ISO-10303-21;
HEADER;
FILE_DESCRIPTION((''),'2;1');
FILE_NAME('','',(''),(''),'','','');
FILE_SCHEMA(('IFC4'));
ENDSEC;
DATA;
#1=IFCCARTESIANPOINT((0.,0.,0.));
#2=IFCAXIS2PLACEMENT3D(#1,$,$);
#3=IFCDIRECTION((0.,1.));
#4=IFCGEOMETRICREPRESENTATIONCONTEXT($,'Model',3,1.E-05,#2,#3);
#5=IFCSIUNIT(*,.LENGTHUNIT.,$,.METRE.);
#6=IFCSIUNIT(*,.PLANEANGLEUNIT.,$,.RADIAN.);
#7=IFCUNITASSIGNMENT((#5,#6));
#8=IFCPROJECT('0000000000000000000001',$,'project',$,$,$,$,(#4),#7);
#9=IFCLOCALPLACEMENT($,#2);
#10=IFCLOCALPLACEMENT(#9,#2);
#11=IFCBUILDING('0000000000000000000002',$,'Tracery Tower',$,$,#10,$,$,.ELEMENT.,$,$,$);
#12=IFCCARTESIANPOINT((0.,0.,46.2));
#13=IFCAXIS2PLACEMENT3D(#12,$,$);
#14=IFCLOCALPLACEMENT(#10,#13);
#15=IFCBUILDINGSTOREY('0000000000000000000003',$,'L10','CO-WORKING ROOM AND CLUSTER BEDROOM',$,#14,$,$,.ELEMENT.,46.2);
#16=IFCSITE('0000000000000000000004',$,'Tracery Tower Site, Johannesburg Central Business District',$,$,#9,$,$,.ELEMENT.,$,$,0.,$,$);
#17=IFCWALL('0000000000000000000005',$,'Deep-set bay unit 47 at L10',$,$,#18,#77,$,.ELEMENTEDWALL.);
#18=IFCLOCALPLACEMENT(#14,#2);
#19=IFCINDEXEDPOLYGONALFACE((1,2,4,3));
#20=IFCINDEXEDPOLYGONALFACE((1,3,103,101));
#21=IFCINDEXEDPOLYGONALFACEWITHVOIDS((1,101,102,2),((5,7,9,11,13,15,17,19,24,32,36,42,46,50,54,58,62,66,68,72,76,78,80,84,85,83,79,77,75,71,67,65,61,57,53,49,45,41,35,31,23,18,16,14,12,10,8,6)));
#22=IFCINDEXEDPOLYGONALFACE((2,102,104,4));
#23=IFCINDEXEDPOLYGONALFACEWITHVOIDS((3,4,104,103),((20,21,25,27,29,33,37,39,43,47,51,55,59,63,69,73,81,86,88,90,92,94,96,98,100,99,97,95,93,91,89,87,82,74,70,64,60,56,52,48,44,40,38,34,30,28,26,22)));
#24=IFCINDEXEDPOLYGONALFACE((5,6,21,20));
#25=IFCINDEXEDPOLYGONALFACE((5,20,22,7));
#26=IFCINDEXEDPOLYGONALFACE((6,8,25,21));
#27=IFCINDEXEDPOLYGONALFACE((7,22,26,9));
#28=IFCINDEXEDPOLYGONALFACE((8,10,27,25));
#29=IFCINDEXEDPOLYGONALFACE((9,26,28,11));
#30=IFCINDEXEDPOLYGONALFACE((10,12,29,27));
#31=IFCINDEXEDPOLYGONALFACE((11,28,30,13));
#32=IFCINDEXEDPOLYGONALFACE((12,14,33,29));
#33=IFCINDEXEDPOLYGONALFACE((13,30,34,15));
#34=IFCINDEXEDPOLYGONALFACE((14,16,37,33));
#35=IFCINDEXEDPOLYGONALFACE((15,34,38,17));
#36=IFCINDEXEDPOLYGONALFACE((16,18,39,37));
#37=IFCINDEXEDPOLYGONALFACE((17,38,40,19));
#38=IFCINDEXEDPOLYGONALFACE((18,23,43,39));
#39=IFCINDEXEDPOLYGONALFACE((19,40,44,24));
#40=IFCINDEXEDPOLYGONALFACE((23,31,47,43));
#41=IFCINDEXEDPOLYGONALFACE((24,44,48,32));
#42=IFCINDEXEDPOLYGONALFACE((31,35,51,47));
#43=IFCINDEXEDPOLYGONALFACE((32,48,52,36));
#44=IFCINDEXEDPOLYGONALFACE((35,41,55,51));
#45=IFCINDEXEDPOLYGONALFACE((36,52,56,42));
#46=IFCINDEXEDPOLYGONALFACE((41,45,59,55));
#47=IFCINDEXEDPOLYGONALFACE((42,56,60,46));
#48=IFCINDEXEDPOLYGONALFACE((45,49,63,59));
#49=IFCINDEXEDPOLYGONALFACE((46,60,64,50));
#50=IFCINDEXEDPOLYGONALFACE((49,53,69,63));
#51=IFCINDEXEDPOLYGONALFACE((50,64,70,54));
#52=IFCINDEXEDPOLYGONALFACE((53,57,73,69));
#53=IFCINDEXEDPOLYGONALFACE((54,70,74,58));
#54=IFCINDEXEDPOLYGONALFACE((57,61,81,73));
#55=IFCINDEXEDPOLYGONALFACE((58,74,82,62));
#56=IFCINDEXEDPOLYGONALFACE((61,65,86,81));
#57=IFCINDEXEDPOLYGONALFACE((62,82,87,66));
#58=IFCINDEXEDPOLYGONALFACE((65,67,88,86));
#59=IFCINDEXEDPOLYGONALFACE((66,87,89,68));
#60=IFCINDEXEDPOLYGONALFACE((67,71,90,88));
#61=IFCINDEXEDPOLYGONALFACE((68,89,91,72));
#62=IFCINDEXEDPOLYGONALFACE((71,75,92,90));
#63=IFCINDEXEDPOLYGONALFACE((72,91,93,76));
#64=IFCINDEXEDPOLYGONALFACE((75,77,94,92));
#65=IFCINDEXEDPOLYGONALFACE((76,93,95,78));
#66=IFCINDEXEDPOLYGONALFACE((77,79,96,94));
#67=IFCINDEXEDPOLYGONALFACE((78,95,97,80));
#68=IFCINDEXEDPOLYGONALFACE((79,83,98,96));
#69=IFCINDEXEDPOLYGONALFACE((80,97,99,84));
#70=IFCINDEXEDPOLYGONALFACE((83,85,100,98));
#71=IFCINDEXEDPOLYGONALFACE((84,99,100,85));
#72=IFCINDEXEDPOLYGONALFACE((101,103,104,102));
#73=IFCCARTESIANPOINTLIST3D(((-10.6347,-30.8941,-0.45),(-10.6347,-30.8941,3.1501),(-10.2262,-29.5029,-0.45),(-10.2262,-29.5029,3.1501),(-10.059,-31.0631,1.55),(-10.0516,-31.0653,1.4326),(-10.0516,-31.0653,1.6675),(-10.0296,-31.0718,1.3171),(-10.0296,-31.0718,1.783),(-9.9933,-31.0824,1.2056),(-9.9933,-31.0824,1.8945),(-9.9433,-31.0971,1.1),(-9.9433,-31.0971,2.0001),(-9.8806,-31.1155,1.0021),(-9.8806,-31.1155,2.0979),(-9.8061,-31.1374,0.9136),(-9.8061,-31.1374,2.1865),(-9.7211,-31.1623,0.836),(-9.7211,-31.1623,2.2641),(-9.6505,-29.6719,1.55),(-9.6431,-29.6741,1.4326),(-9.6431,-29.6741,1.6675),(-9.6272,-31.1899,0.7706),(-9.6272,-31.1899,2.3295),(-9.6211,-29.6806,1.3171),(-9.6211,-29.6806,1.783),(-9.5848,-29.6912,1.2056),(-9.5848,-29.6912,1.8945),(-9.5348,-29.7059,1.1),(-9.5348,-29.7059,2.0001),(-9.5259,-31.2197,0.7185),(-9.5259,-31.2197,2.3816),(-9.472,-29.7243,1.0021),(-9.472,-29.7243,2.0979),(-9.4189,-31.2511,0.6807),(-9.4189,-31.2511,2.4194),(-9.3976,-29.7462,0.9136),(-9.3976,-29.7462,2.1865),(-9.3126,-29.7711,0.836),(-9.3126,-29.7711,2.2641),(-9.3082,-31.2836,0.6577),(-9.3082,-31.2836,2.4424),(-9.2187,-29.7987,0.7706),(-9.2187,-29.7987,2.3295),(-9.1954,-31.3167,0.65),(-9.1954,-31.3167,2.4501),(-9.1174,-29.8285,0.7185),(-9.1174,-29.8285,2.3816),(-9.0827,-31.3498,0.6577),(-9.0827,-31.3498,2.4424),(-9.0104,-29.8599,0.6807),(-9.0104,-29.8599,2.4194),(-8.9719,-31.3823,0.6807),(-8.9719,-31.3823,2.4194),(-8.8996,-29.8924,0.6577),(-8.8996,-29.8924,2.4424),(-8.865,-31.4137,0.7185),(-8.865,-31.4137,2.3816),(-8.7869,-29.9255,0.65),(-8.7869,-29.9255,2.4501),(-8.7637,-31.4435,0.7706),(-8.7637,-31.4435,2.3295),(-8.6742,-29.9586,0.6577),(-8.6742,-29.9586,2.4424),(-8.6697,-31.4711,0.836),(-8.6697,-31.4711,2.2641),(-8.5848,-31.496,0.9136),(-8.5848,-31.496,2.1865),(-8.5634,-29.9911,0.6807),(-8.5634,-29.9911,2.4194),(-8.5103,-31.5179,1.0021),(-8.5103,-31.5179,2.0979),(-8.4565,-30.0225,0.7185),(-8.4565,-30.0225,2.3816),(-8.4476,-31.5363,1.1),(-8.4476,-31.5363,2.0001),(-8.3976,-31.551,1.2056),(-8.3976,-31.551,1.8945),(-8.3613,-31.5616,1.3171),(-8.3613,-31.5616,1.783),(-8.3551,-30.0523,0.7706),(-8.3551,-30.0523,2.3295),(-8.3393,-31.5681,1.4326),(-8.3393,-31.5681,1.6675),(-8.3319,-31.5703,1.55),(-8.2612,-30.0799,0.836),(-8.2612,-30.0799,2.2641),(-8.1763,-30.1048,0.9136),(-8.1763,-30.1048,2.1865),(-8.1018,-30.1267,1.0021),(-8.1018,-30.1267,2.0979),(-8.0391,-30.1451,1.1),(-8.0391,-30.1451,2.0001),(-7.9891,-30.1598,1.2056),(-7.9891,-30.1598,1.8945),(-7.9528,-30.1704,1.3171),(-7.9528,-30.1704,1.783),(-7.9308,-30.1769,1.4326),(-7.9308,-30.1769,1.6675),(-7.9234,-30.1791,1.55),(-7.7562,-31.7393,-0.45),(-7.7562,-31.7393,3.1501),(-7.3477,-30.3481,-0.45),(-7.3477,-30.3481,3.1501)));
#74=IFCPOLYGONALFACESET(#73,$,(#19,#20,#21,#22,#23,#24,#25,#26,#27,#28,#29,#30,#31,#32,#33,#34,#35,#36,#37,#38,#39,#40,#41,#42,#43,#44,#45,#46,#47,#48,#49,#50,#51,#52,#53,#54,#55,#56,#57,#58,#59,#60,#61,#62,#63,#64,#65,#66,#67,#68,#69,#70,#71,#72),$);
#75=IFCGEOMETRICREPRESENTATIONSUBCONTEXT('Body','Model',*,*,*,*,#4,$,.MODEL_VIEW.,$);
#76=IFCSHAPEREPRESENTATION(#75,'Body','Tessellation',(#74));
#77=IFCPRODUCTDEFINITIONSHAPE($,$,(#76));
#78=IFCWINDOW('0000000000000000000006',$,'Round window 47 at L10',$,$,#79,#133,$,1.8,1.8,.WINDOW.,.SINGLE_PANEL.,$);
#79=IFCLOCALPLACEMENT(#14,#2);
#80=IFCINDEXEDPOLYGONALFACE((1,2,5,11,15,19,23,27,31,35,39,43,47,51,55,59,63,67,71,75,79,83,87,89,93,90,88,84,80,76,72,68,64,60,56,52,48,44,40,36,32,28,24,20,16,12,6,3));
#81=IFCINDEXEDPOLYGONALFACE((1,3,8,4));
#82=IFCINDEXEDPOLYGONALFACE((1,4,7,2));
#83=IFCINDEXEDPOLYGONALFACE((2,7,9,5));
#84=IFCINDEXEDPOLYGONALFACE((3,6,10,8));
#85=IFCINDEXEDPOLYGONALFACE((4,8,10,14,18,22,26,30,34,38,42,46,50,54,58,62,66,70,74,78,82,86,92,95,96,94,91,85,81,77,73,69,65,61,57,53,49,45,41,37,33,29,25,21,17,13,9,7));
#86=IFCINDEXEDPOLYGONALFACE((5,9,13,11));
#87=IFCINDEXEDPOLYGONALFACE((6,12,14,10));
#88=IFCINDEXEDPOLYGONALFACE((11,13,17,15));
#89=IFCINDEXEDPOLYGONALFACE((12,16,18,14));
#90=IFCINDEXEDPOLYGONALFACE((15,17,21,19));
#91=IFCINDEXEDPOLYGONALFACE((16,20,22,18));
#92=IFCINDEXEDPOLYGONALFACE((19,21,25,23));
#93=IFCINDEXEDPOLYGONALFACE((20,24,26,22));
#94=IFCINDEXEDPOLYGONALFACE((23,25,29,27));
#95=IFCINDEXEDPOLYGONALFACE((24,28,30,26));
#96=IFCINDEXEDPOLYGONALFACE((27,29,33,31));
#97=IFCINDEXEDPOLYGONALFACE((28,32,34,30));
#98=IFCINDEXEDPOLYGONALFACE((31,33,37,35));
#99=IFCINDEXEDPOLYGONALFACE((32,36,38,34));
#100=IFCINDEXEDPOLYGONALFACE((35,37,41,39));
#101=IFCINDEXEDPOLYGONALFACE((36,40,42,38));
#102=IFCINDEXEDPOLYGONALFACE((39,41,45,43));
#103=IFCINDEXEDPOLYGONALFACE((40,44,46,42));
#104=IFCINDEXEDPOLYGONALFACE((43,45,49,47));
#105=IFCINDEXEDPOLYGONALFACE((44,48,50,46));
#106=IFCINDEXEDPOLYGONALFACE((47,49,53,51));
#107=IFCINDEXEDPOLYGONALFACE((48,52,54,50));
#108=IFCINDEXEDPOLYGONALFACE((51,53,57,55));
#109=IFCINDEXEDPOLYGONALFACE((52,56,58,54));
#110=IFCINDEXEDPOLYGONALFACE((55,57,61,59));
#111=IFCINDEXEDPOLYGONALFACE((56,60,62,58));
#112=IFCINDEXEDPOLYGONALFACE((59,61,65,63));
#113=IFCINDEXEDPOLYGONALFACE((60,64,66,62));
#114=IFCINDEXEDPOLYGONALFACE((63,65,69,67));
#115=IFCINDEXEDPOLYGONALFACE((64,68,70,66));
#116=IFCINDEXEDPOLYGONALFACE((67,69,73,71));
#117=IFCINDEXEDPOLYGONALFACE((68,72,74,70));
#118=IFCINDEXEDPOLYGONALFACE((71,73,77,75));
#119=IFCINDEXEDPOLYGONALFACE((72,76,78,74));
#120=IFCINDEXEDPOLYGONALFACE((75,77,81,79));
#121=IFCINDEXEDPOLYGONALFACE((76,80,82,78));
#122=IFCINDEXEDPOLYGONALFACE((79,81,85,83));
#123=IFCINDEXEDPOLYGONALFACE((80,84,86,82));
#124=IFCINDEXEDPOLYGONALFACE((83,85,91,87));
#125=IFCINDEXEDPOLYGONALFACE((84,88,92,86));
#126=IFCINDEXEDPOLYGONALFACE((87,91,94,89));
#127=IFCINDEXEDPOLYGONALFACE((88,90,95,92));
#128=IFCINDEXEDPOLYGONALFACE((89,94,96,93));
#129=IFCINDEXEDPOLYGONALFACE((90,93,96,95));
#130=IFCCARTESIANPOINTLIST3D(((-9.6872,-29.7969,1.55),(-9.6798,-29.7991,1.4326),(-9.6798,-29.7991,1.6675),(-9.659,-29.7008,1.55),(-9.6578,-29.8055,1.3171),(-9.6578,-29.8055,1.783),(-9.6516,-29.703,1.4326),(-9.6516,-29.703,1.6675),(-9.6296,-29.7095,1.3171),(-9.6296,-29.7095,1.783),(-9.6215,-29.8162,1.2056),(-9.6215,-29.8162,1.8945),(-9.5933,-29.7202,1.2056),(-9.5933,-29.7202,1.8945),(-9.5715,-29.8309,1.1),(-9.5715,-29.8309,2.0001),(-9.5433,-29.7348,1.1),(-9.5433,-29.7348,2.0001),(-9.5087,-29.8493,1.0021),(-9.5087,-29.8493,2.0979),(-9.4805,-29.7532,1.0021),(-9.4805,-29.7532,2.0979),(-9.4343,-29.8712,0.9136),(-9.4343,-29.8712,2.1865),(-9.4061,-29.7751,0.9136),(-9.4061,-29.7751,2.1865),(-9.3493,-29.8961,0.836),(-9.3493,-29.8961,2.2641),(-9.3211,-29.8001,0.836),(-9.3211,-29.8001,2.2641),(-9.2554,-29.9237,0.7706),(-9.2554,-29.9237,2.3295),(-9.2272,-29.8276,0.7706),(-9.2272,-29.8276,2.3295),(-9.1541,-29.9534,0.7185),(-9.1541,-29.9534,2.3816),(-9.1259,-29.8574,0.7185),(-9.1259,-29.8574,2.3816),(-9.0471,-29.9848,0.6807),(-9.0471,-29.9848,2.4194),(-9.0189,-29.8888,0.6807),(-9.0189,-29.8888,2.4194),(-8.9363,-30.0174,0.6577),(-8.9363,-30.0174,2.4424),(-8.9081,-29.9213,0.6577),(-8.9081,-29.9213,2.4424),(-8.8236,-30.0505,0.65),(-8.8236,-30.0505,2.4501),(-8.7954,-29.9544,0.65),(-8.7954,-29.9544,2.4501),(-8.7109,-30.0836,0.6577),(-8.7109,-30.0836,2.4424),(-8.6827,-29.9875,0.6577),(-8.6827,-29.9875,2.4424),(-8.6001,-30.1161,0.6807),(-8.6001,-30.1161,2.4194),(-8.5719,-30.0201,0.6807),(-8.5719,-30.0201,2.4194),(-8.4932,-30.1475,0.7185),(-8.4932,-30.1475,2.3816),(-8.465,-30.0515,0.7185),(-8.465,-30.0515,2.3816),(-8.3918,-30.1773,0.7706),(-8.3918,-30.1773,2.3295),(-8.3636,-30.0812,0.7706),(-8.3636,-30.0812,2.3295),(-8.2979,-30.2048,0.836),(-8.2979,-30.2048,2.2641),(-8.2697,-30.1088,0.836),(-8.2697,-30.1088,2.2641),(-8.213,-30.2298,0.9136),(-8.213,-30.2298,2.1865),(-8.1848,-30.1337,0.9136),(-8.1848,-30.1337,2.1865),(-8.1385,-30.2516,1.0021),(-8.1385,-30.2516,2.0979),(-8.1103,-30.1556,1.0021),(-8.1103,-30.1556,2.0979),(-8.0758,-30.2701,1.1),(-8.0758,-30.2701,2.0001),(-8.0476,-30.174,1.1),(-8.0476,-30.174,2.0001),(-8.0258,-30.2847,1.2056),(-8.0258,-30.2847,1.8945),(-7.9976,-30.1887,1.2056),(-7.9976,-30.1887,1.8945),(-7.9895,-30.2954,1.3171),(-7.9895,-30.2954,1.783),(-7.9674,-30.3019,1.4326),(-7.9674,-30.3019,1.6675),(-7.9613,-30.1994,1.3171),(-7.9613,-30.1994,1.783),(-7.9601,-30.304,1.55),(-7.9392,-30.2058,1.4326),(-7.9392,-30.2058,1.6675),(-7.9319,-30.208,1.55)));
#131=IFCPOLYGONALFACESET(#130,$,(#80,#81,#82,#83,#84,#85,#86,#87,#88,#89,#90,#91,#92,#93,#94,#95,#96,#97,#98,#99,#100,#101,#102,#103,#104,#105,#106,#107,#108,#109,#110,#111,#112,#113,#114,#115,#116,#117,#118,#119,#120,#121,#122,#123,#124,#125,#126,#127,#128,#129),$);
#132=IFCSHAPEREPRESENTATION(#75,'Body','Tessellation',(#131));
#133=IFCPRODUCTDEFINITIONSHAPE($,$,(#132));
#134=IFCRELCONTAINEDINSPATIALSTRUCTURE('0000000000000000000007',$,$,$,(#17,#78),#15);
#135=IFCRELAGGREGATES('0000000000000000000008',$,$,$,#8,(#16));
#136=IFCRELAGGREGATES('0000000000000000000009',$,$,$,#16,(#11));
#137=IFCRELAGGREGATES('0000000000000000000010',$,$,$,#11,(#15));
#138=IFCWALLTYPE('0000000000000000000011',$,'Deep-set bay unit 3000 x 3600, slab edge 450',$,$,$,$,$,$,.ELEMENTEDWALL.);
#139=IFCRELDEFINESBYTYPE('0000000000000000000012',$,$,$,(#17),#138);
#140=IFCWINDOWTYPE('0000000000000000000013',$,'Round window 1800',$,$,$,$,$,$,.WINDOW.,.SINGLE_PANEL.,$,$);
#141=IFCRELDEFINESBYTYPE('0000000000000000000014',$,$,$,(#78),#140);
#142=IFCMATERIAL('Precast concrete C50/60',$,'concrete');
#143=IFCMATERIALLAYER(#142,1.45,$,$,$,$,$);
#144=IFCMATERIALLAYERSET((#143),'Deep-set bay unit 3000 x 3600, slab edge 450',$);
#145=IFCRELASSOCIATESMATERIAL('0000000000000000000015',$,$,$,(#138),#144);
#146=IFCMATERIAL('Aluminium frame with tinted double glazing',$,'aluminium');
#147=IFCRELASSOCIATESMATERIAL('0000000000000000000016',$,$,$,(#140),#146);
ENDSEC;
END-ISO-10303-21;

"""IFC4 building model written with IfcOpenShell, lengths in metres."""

from ifc_helpers import new_model, si_unit, direction, frame, frame_2d, origin, origin_2d, place, context, subcontext, project, spatial, rectangle, circle, extrude, material, layer, layer_set, type_object, element, fill, save


model = new_model("IFC4")

# Units and contexts
model_context = context("Model", 3, precision=1e-05, world=origin(), true_north=direction((0.0, 1.0)))
body_context = subcontext(model_context, "Body", "Model", "MODEL_VIEW")
ifc_project = project(units=[si_unit("LENGTHUNIT", "METRE"), si_unit("PLANEANGLEUNIT", "RADIAN")], contexts=[model_context])

# Site, building, storey
site_placement = place(None, origin())
site = spatial("IfcSite", under=ifc_project, at=site_placement, Name="Tracery Tower Site, Johannesburg Central Business District", CompositionType="ELEMENT", RefElevation=0.0)
building_placement = place(site_placement, origin())
building = spatial("IfcBuilding", under=site, at=building_placement, Name="Tracery Tower", CompositionType="ELEMENT")
storey_placement = place(building_placement, frame((0.0, 0.0, 46.2)))
storey = spatial("IfcBuildingStorey", under=building, at=storey_placement, Name="L10", Description="CO-WORKING ROOM AND CLUSTER BEDROOM", CompositionType="ELEMENT", Elevation=46.2)

# Wall, opening, window
ifc_material_1 = material(Name="Precast concrete C50/60", Category="concrete")
ifc_layer_1 = layer(ifc_material_1, 1.45)
ifc_layer_set_1 = layer_set([ifc_layer_1], Name="Deep-set bay unit 3000 x 3600, slab edge 450")
wall_type_1 = type_object("IfcWallType", Name="Deep-set bay unit 3000 x 3600, slab edge 450", PredefinedType="ELEMENTEDWALL", material=ifc_layer_set_1)
wall_1_placement = place(storey_placement, frame((-10.4304, -30.1985, -0.45), z_axis=(0.0, 0.0, 1.0), x_axis=(0.95949, -0.281743, 0.0)))
wall_1 = element("IfcWall", 1, at=wall_1_placement, inside=storey, type_object=wall_type_1, Name="Deep-set bay unit 47 at L10", PredefinedType="ELEMENTEDWALL", context=body_context, shape_type="SweptSolid", body=[
    extrude(rectangle(XDim=3.0, YDim=1.45, at=frame_2d((1.5, 0.0))), origin(), (0.0, 0.0, 1.0), 3.6001),
])
opening_1_placement = place(wall_1_placement, frame((1.5, 0.0, 2.0)))
opening_1 = element("IfcOpeningElement", 2, at=opening_1_placement, cuts=wall_1, PredefinedType="OPENING", context=body_context, shape_type="SweptSolid", body=[
    extrude(circle(Radius=0.9, at=origin_2d()), frame((0.0, 0.7349, 0.0), z_axis=(0.0, -1.0, 0.0), x_axis=(1.0, 0.0, 0.0)), (0.0, 0.0, 1.0), 1.47),
])
ifc_material_2 = material(Name="Aluminium frame with tinted double glazing", Category="aluminium")
window_type = type_object("IfcWindowType", Name="Round window 1800", PartitioningType="SINGLE_PANEL", PredefinedType="WINDOW", material=ifc_material_2)
window_1_placement = place(opening_1_placement, origin())
window_1 = element("IfcWindow", 3, at=window_1_placement, inside=storey, type_object=window_type, Name="Round window 47 at L10", OverallHeight=1.8, OverallWidth=1.8, PartitioningType="SINGLE_PANEL", PredefinedType="WINDOW", context=body_context, shape_type="SweptSolid", body=[
    extrude(circle(Radius=0.9, at=origin_2d()), frame((0.0, 0.6948, 0.0), z_axis=(0.0, -1.0, 0.0), x_axis=(1.0, 0.0, 0.0)), (0.0, 0.0, 1.0), 0.1001),
])
fill(opening_1, window_1)

save(model, "model.ifc")
